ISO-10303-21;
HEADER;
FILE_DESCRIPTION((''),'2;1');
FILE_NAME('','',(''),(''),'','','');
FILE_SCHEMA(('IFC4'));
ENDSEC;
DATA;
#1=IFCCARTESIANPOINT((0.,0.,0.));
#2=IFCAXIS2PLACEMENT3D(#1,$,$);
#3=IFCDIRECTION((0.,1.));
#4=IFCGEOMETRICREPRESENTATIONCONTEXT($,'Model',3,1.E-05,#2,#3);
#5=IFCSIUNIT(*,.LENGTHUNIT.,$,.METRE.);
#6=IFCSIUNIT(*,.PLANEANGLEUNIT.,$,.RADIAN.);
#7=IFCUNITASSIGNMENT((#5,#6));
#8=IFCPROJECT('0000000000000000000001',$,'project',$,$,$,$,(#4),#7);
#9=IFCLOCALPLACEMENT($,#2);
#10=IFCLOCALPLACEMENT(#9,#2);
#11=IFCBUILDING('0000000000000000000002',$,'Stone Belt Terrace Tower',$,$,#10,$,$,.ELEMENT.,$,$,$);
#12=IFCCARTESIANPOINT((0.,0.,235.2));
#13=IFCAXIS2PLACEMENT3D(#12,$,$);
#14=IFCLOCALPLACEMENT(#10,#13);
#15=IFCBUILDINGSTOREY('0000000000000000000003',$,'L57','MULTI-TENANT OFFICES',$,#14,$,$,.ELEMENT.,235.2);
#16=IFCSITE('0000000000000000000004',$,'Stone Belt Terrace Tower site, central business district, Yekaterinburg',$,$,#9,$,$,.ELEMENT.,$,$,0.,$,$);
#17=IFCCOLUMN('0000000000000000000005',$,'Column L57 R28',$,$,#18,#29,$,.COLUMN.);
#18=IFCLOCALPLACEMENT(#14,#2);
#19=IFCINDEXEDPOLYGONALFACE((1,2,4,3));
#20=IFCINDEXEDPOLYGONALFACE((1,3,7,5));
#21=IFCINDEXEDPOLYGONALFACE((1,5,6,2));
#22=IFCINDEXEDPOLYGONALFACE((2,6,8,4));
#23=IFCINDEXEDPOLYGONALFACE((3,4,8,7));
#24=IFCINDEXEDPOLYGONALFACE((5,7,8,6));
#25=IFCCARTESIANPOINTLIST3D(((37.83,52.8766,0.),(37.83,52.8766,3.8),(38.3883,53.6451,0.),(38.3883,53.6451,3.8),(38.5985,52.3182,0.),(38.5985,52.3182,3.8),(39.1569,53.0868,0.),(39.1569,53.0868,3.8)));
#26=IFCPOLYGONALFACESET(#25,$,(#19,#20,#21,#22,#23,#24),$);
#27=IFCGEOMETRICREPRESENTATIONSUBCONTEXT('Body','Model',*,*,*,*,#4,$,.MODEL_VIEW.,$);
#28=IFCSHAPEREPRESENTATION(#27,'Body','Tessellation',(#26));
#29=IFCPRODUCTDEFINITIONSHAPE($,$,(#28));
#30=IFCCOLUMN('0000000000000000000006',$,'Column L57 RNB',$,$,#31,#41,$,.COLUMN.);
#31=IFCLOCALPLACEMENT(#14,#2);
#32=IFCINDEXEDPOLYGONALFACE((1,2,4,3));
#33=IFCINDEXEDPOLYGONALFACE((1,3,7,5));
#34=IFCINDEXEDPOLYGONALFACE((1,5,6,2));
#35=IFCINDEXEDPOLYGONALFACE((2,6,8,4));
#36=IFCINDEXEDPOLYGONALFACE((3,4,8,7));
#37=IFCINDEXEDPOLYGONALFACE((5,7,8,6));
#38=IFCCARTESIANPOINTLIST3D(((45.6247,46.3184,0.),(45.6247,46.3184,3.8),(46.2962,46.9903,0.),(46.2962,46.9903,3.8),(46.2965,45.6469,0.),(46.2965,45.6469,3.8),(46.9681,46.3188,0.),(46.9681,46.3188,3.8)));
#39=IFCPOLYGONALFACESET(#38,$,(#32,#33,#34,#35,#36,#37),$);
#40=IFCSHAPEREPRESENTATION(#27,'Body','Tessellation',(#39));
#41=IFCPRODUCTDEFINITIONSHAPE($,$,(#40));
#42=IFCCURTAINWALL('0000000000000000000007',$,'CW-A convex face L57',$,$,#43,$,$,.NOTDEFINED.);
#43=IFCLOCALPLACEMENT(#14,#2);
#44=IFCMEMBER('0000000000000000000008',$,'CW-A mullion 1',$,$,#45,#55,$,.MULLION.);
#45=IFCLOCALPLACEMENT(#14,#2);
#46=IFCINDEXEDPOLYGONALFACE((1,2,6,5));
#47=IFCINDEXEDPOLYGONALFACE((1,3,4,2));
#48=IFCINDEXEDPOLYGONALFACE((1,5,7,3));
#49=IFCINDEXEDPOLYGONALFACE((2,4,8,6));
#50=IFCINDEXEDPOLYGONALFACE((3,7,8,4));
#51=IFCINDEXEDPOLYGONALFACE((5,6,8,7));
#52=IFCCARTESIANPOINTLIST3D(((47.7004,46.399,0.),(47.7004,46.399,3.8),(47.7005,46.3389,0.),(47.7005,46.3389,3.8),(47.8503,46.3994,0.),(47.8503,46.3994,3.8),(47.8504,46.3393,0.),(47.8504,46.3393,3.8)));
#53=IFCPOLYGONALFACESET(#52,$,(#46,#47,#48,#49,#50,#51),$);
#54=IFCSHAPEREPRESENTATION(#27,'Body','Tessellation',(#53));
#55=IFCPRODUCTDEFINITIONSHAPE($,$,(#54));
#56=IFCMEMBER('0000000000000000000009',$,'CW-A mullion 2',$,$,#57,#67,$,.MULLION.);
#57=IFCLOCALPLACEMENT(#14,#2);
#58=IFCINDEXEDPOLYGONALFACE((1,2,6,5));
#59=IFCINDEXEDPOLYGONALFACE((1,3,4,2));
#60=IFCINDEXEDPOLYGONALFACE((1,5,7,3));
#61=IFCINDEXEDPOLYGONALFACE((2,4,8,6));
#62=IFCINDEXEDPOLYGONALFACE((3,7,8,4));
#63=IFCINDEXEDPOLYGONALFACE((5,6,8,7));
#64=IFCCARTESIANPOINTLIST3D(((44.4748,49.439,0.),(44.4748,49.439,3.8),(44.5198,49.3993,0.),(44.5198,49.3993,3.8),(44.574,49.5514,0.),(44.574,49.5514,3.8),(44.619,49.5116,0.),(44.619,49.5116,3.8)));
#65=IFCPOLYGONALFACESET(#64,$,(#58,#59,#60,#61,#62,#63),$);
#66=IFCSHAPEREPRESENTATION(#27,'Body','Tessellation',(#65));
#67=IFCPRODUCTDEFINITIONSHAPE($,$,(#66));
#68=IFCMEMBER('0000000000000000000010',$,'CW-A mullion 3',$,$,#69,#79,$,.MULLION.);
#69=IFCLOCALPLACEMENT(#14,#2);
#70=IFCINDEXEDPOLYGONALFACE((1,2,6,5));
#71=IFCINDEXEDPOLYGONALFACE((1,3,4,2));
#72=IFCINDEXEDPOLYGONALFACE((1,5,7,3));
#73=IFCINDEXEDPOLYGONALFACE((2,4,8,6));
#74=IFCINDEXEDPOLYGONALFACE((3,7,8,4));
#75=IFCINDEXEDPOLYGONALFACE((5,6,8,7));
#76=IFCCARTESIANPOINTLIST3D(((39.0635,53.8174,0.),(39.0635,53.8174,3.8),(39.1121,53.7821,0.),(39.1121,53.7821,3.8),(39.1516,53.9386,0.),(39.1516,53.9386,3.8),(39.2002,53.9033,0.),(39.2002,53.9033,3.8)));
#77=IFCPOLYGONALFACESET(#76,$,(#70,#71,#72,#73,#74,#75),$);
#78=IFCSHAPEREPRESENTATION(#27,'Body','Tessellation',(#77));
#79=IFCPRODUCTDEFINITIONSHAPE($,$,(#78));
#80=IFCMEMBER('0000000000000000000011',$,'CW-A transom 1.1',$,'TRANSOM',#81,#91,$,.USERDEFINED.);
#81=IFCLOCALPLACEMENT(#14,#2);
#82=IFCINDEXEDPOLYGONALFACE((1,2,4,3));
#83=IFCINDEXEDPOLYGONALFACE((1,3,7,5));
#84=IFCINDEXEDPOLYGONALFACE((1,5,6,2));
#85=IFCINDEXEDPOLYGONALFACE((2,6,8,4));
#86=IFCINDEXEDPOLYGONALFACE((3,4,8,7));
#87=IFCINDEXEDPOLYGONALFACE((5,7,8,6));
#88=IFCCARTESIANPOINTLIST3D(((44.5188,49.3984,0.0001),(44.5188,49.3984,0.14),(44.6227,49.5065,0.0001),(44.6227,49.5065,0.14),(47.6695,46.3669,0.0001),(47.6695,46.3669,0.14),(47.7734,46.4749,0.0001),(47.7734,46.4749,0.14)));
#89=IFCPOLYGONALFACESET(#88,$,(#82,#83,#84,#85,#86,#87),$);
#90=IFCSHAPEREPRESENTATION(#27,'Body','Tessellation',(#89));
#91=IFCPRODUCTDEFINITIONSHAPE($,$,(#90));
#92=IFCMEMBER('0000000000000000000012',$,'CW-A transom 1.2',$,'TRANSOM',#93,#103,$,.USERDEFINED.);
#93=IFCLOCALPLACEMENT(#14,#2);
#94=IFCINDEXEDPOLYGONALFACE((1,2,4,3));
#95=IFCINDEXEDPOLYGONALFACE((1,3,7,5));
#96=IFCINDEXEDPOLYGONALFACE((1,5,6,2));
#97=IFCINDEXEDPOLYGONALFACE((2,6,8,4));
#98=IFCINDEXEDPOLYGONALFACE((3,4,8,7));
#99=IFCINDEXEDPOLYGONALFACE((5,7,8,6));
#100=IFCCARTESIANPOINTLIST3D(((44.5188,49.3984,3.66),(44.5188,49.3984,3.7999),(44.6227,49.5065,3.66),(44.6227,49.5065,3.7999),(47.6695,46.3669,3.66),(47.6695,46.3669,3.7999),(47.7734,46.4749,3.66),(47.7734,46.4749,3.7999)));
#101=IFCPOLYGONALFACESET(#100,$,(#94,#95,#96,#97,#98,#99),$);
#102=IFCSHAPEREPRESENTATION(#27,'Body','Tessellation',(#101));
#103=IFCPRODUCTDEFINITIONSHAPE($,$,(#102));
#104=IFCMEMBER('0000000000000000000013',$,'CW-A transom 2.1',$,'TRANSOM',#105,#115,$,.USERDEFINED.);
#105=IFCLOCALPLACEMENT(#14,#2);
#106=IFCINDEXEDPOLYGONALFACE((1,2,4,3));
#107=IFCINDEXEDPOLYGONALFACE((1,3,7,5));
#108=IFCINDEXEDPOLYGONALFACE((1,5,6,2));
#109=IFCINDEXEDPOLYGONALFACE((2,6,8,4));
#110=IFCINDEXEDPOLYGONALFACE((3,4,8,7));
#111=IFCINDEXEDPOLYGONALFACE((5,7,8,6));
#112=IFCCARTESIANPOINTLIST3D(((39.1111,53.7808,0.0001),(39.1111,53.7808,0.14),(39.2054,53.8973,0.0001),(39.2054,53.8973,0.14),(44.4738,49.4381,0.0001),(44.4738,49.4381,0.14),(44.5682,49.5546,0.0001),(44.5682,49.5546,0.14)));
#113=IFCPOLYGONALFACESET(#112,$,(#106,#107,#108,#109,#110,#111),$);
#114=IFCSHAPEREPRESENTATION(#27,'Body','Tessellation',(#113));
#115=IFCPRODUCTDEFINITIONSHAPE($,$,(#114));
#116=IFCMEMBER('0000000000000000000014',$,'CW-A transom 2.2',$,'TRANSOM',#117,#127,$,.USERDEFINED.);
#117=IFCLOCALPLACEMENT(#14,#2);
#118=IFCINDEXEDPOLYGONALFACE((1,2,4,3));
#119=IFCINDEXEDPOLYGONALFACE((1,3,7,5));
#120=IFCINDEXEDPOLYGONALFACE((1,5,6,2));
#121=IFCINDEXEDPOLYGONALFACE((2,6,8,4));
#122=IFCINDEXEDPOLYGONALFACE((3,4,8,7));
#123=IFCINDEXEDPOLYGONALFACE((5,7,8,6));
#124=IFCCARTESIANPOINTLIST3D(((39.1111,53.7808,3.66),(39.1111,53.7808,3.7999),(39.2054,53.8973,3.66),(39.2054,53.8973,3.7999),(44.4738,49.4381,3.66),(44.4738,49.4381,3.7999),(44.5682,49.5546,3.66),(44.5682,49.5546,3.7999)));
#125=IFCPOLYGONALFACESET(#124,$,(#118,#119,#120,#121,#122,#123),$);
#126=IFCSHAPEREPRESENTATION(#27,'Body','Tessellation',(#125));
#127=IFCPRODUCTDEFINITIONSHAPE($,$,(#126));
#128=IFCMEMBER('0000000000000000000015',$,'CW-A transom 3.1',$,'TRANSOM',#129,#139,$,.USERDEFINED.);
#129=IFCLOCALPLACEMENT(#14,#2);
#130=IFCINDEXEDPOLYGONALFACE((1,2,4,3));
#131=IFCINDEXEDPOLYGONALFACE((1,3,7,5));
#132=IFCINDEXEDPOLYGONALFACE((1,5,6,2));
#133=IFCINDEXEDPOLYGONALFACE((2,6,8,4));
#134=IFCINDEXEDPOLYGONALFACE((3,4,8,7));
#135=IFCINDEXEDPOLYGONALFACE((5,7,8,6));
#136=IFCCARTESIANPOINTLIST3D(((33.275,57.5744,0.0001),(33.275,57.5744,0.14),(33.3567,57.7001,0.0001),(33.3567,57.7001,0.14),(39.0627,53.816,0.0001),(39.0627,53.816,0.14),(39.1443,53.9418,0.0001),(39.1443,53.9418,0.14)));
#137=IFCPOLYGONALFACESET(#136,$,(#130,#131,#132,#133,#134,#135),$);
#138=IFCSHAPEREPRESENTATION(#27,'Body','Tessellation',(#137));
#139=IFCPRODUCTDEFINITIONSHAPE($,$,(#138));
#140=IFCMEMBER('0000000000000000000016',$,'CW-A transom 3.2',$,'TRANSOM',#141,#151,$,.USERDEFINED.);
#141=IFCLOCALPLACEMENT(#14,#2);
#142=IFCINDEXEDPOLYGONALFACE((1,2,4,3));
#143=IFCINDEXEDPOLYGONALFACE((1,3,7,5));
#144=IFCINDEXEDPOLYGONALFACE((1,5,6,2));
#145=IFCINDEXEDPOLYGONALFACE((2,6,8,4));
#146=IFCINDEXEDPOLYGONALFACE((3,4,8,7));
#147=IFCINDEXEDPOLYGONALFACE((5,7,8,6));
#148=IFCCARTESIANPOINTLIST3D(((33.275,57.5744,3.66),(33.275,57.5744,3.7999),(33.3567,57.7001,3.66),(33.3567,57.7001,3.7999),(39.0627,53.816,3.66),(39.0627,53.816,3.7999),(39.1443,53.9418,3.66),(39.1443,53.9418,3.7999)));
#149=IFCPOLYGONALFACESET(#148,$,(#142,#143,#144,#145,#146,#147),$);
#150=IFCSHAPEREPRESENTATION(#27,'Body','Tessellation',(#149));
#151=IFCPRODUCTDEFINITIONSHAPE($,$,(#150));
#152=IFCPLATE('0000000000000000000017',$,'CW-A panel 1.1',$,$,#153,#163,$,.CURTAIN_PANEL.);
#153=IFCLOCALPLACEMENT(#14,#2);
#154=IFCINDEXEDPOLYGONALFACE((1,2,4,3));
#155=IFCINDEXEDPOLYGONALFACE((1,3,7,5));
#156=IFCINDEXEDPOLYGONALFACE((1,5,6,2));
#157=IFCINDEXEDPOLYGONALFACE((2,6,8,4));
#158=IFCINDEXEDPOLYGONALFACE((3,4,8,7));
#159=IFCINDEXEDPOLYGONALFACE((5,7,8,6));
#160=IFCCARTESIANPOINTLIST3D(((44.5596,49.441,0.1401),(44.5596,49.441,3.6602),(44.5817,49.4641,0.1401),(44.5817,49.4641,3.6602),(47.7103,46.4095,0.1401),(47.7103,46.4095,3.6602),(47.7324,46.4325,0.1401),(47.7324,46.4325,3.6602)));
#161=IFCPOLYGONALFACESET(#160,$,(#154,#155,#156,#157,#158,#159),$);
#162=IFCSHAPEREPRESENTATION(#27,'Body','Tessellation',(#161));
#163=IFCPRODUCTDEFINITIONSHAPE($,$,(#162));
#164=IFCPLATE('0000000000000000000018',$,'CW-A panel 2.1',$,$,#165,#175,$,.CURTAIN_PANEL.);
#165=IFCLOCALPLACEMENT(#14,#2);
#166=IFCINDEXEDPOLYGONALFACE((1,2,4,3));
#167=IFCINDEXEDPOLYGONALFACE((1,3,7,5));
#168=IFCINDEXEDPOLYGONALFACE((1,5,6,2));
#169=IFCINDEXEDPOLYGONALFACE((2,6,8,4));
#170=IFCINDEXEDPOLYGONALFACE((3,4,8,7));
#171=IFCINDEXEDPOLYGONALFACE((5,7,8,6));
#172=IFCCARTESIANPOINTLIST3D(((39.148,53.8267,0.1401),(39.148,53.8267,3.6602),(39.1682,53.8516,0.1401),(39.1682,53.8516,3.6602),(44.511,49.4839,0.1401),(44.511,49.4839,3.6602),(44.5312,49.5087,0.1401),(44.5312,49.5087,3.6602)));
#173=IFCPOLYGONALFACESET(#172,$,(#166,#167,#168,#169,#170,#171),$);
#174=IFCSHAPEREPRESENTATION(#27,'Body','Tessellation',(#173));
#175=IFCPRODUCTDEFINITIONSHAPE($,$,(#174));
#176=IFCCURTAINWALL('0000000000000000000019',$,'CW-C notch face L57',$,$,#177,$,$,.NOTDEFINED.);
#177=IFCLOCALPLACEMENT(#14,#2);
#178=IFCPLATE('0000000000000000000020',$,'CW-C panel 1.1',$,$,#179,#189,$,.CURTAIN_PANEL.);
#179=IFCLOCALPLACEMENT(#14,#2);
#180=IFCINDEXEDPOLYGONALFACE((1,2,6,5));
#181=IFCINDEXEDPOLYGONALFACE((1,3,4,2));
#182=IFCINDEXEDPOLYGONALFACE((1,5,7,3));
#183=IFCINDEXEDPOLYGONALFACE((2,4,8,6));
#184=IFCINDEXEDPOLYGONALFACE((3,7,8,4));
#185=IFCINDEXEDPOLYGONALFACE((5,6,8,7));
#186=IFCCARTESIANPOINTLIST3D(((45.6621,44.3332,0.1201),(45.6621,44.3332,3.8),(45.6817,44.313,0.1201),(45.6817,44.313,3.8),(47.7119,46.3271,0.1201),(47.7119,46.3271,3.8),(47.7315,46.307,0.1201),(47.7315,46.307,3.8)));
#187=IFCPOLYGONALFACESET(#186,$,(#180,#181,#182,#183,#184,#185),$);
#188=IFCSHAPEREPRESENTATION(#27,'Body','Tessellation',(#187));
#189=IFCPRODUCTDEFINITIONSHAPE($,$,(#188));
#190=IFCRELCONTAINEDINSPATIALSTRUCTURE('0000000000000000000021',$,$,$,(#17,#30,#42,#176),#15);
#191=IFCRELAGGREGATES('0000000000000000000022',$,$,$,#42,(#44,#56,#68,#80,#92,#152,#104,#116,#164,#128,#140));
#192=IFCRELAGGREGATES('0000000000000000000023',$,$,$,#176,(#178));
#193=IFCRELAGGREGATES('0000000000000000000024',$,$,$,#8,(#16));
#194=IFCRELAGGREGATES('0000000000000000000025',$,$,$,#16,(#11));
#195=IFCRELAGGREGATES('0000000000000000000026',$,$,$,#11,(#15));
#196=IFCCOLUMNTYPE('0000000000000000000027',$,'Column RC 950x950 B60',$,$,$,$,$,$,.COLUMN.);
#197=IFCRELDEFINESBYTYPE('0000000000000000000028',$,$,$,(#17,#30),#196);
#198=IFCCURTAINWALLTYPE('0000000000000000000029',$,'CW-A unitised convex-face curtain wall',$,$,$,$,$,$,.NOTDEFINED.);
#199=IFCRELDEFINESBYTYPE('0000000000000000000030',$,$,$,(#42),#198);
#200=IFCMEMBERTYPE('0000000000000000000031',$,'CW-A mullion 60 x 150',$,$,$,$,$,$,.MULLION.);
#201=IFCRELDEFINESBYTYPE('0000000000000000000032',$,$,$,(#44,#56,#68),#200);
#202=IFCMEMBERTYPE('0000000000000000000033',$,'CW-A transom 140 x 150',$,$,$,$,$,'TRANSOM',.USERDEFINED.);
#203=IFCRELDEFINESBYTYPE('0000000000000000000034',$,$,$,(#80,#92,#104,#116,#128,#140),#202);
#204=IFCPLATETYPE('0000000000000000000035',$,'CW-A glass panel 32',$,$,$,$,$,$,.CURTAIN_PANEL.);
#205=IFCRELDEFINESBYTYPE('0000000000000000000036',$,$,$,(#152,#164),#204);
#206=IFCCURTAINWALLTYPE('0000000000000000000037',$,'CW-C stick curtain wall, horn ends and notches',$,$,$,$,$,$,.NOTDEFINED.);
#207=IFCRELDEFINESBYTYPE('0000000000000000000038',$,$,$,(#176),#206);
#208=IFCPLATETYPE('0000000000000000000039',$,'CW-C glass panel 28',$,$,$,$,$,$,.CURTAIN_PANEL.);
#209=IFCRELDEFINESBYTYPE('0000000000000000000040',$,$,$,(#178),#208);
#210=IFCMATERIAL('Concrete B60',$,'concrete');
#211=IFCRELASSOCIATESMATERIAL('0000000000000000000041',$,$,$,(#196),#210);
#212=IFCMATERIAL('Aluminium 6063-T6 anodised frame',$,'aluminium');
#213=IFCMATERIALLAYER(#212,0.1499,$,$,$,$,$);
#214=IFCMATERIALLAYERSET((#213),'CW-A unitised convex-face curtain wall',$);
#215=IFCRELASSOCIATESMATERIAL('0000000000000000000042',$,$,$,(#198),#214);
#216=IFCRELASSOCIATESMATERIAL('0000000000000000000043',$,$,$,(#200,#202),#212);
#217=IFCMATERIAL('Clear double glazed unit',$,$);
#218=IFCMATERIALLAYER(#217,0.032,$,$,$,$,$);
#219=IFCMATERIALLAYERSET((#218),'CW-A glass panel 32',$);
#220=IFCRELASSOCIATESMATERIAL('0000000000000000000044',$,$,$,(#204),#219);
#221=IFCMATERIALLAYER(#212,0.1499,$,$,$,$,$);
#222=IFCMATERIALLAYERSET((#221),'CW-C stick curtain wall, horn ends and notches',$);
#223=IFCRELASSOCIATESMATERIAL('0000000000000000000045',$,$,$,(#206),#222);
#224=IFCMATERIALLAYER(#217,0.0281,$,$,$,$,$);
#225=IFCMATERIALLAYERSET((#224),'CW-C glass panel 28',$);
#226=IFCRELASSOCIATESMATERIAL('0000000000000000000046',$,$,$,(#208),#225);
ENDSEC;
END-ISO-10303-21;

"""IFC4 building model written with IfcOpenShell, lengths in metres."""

from ifc_helpers import new_model, si_unit, direction, frame, origin, origin_2d, place, context, subcontext, project, spatial, rectangle, extrude, material, layer, layer_set, material_profile, profile_set, type_object, element, aggregate, save


model = new_model("IFC4")

# Units and contexts
model_context = context("Model", 3, precision=1e-05, world=origin(), true_north=direction((0.0, 1.0)))
body_context = subcontext(model_context, "Body", "Model", "MODEL_VIEW")
ifc_project = project(units=[si_unit("LENGTHUNIT", "METRE"), si_unit("PLANEANGLEUNIT", "RADIAN")], contexts=[model_context])

# Site, building, storey
site_placement = place(None, origin())
site = spatial("IfcSite", under=ifc_project, at=site_placement, Name="Stone Belt Terrace Tower site, central business district, Yekaterinburg", CompositionType="ELEMENT", RefElevation=0.0)
building_placement = place(site_placement, origin())
building = spatial("IfcBuilding", under=site, at=building_placement, Name="Stone Belt Terrace Tower", CompositionType="ELEMENT")
storey_placement = place(building_placement, frame((0.0, 0.0, 235.2)))
storey = spatial("IfcBuildingStorey", under=building, at=storey_placement, Name="L57", Description="MULTI-TENANT OFFICES", CompositionType="ELEMENT", Elevation=235.2)

# Columns
ifc_material_1 = material(Name="Concrete B60", Category="concrete")
ifc_material_profile_1 = material_profile(ifc_material_1, rectangle(XDim=0.95, YDim=0.95, at=origin_2d()), Name="RC 950x950")
ifc_profile_set_1 = profile_set([ifc_material_profile_1], Name="Concrete B60")
column_type = type_object("IfcColumnType", Name="Column RC 950x950 B60", PredefinedType="COLUMN", material=ifc_profile_set_1)
for number, where, z_axis, x_axis, name in (
    (1, (38.4934, 52.9817, 0.0), (0.0, 0.0, 1.0), (0.809017, -0.587785, 0.0), "Column L57 R28"),
    (2, (46.2964, 46.3186, 0.0), (0.0, 0.0, 1.0), (0.707276, -0.706938, 0.0), "Column L57 RNB"),
):
    element("IfcColumn", number, at=place(storey_placement, frame(where, z_axis=z_axis, x_axis=x_axis)), inside=storey, type_object=column_type, Name=name, PredefinedType="COLUMN", context=body_context, shape_type="SweptSolid", body=[
        extrude(rectangle(XDim=0.95, YDim=0.95, at=origin_2d()), origin(), (0.0, 0.0, 1.0), 3.8),
    ])

# Curtain wall, members, plates
ifc_material_2 = material(Name="Aluminium 6063-T6 anodised frame", Category="aluminium")
ifc_layer_1 = layer(ifc_material_2, 0.1499)
ifc_layer_set_1 = layer_set([ifc_layer_1], Name="CW-A unitised convex-face curtain wall")
curtain_wall_type_1 = type_object("IfcCurtainWallType", Name="CW-A unitised convex-face curtain wall", PredefinedType="NOTDEFINED", material=ifc_layer_set_1)
curtain_wall_1_placement = place(storey_placement, origin())
curtain_wall_1 = element("IfcCurtainWall", 3, at=curtain_wall_1_placement, inside=storey, type_object=curtain_wall_type_1, Name="CW-A convex face L57", PredefinedType="NOTDEFINED")
ifc_material_profile_2 = material_profile(ifc_material_2, rectangle(XDim=0.1499, YDim=0.0601, at=origin_2d()), Name="Aluminium 6063-T6 60x150")
ifc_profile_set_2 = profile_set([ifc_material_profile_2], Name="Aluminium 6063-T6 anodised frame")
member_type_1 = type_object("IfcMemberType", Name="CW-A mullion 60 x 150", PredefinedType="MULLION", material=ifc_profile_set_2)
member_1_placement = place(storey_placement, frame((47.7754, 46.3691, 0.0), z_axis=(0.0, 0.0, 1.0), x_axis=(-0.999996, -0.002733, 0.0)))
member_1 = element("IfcMember", 4, at=member_1_placement, type_object=member_type_1, Name="CW-A mullion 1", PredefinedType="MULLION", context=body_context, shape_type="SweptSolid", body=[
    extrude(rectangle(XDim=0.1499, YDim=0.0601, at=origin_2d()), origin(), (0.0, 0.0, 1.0), 3.8),
])
member_2_placement = place(storey_placement, frame((44.5469, 49.4753, 0.0), z_axis=(0.0, 0.0, 1.0), x_axis=(-0.661937, -0.749559, 0.0)))
member_2 = element("IfcMember", 5, at=member_2_placement, type_object=member_type_1, Name="CW-A mullion 2", PredefinedType="MULLION", context=body_context, shape_type="SweptSolid", body=[
    extrude(rectangle(XDim=0.1499, YDim=0.0601, at=origin_2d()), origin(), (0.0, 0.0, 1.0), 3.8),
])
member_3_placement = place(storey_placement, frame((39.1318, 53.8604, 0.0), z_axis=(0.0, 0.0, 1.0), x_axis=(-0.587785, -0.809017, 0.0)))
member_3 = element("IfcMember", 6, at=member_3_placement, type_object=member_type_1, Name="CW-A mullion 3", PredefinedType="MULLION", context=body_context, shape_type="SweptSolid", body=[
    extrude(rectangle(XDim=0.1499, YDim=0.0601, at=origin_2d()), origin(), (0.0, 0.0, 1.0), 3.8),
])
ifc_material_profile_3 = material_profile(ifc_material_2, rectangle(XDim=0.1499, YDim=0.1399, at=origin_2d()), Name="Aluminium 6063-T6 150x140")
ifc_profile_set_3 = profile_set([ifc_material_profile_3], Name="Aluminium 6063-T6 anodised frame")
member_type_2 = type_object("IfcMemberType", Name="CW-A transom 140 x 150", ElementType="TRANSOM", PredefinedType="USERDEFINED", material=ifc_profile_set_3)
member_4_placement = place(storey_placement, frame((47.7214, 46.4209, 0.0701), z_axis=(-0.7206, 0.693351, 0.0), x_axis=(-0.693351, -0.7206, 0.0)))
member_4 = element("IfcMember", 7, at=member_4_placement, type_object=member_type_2, Name="CW-A transom 1.1", ObjectType="TRANSOM", PredefinedType="USERDEFINED", context=body_context, shape_type="SweptSolid", body=[
    extrude(rectangle(XDim=0.1499, YDim=0.1399, at=origin_2d()), origin(), (0.0, 0.0, 1.0), 4.3723),
])
member_5_placement = place(storey_placement, frame((47.7214, 46.4209, 3.73), z_axis=(-0.7206, 0.693351, 0.0), x_axis=(-0.693351, -0.7206, 0.0)))
member_5 = element("IfcMember", 8, at=member_5_placement, type_object=member_type_2, Name="CW-A transom 1.2", ObjectType="TRANSOM", PredefinedType="USERDEFINED", context=body_context, shape_type="SweptSolid", body=[
    extrude(rectangle(XDim=0.1499, YDim=0.1399, at=origin_2d()), origin(), (0.0, 0.0, 1.0), 4.3723),
])
member_6_placement = place(storey_placement, frame((44.521, 49.4963, 0.0701), z_axis=(-0.777141, 0.629326, 0.0), x_axis=(-0.629326, -0.777141, 0.0)))
member_6 = element("IfcMember", 9, at=member_6_placement, type_object=member_type_2, Name="CW-A transom 2.1", ObjectType="TRANSOM", PredefinedType="USERDEFINED", context=body_context, shape_type="SweptSolid", body=[
    extrude(rectangle(XDim=0.1499, YDim=0.1399, at=origin_2d()), origin(), (0.0, 0.0, 1.0), 6.9006),
])
member_7_placement = place(storey_placement, frame((44.521, 49.4963, 3.73), z_axis=(-0.777141, 0.629326, 0.0), x_axis=(-0.629326, -0.777141, 0.0)))
member_7 = element("IfcMember", 10, at=member_7_placement, type_object=member_type_2, Name="CW-A transom 2.2", ObjectType="TRANSOM", PredefinedType="USERDEFINED", context=body_context, shape_type="SweptSolid", body=[
    extrude(rectangle(XDim=0.1499, YDim=0.1399, at=origin_2d()), origin(), (0.0, 0.0, 1.0), 6.9006),
])
member_8_placement = place(storey_placement, frame((39.1035, 53.8789, 0.0701), z_axis=(-0.838684, 0.544618, 0.0), x_axis=(-0.544618, -0.838684, 0.0)))
member_8 = element("IfcMember", 11, at=member_8_placement, type_object=member_type_2, Name="CW-A transom 3.1", ObjectType="TRANSOM", PredefinedType="USERDEFINED", context=body_context, shape_type="SweptSolid", body=[
    extrude(rectangle(XDim=0.1499, YDim=0.1399, at=origin_2d()), origin(), (0.0, 0.0, 1.0), 6.9009),
])
member_9_placement = place(storey_placement, frame((39.1035, 53.8789, 3.73), z_axis=(-0.838684, 0.544618, 0.0), x_axis=(-0.544618, -0.838684, 0.0)))
member_9 = element("IfcMember", 12, at=member_9_placement, type_object=member_type_2, Name="CW-A transom 3.2", ObjectType="TRANSOM", PredefinedType="USERDEFINED", context=body_context, shape_type="SweptSolid", body=[
    extrude(rectangle(XDim=0.1499, YDim=0.1399, at=origin_2d()), origin(), (0.0, 0.0, 1.0), 6.9009),
])
ifc_material_3 = material(Name="Clear double glazed unit")
ifc_layer_2 = layer(ifc_material_3, 0.032)
ifc_layer_set_2 = layer_set([ifc_layer_2], Name="CW-A glass panel 32")
plate_type_1 = type_object("IfcPlateType", Name="CW-A glass panel 32", PredefinedType="CURTAIN_PANEL", material=ifc_layer_set_2)
plate_1_placement = place(storey_placement, frame((46.146, 47.9368, 0.1401), z_axis=(0.0, 0.0, 1.0), x_axis=(-0.720604, 0.693346, 0.0)))
plate_1 = element("IfcPlate", 13, at=plate_1_placement, type_object=plate_type_1, Name="CW-A panel 1.1", PredefinedType="CURTAIN_PANEL", context=body_context, shape_type="SweptSolid", body=[
    extrude(rectangle(XDim=4.3723, YDim=0.032, at=origin_2d()), origin(), (0.0, 0.0, 1.0), 3.52),
])
plate_2_placement = place(storey_placement, frame((41.8396, 51.6677, 0.1401), z_axis=(0.0, 0.0, 1.0), x_axis=(-0.777146, 0.62932, 0.0)))
plate_2 = element("IfcPlate", 14, at=plate_2_placement, type_object=plate_type_1, Name="CW-A panel 2.1", PredefinedType="CURTAIN_PANEL", context=body_context, shape_type="SweptSolid", body=[
    extrude(rectangle(XDim=6.9009, YDim=0.032, at=origin_2d()), origin(), (0.0, 0.0, 1.0), 3.52),
])
aggregate(curtain_wall_1, [member_1, member_2, member_3, member_4, member_5, plate_1, member_6, member_7, plate_2, member_8, member_9])

# Curtain wall, plate
ifc_layer_3 = layer(ifc_material_2, 0.1499)
ifc_layer_set_3 = layer_set([ifc_layer_3], Name="CW-C stick curtain wall, horn ends and notches")
curtain_wall_type_2 = type_object("IfcCurtainWallType", Name="CW-C stick curtain wall, horn ends and notches", PredefinedType="NOTDEFINED", material=ifc_layer_set_3)
curtain_wall_2_placement = place(storey_placement, origin())
curtain_wall_2 = element("IfcCurtainWall", 15, at=curtain_wall_2_placement, inside=storey, type_object=curtain_wall_type_2, Name="CW-C notch face L57", PredefinedType="NOTDEFINED")
ifc_layer_4 = layer(ifc_material_3, 0.0281)
ifc_layer_set_4 = layer_set([ifc_layer_4], Name="CW-C glass panel 28")
plate_type_2 = type_object("IfcPlateType", Name="CW-C glass panel 28", PredefinedType="CURTAIN_PANEL", material=ifc_layer_set_4)
plate_3_placement = place(storey_placement, frame((46.6968, 45.3201, 0.1201), z_axis=(0.0, 0.0, 1.0), x_axis=(0.716803, 0.697275, 0.0)))
plate_3 = element("IfcPlate", 16, at=plate_3_placement, type_object=plate_type_2, Name="CW-C panel 1.1", PredefinedType="CURTAIN_PANEL", context=body_context, shape_type="SweptSolid", body=[
    extrude(rectangle(XDim=2.8596, YDim=0.0281, at=origin_2d()), origin(), (0.0, 0.0, 1.0), 3.6799),
])
aggregate(curtain_wall_2, [plate_3])

save(model, "model.ifc")
